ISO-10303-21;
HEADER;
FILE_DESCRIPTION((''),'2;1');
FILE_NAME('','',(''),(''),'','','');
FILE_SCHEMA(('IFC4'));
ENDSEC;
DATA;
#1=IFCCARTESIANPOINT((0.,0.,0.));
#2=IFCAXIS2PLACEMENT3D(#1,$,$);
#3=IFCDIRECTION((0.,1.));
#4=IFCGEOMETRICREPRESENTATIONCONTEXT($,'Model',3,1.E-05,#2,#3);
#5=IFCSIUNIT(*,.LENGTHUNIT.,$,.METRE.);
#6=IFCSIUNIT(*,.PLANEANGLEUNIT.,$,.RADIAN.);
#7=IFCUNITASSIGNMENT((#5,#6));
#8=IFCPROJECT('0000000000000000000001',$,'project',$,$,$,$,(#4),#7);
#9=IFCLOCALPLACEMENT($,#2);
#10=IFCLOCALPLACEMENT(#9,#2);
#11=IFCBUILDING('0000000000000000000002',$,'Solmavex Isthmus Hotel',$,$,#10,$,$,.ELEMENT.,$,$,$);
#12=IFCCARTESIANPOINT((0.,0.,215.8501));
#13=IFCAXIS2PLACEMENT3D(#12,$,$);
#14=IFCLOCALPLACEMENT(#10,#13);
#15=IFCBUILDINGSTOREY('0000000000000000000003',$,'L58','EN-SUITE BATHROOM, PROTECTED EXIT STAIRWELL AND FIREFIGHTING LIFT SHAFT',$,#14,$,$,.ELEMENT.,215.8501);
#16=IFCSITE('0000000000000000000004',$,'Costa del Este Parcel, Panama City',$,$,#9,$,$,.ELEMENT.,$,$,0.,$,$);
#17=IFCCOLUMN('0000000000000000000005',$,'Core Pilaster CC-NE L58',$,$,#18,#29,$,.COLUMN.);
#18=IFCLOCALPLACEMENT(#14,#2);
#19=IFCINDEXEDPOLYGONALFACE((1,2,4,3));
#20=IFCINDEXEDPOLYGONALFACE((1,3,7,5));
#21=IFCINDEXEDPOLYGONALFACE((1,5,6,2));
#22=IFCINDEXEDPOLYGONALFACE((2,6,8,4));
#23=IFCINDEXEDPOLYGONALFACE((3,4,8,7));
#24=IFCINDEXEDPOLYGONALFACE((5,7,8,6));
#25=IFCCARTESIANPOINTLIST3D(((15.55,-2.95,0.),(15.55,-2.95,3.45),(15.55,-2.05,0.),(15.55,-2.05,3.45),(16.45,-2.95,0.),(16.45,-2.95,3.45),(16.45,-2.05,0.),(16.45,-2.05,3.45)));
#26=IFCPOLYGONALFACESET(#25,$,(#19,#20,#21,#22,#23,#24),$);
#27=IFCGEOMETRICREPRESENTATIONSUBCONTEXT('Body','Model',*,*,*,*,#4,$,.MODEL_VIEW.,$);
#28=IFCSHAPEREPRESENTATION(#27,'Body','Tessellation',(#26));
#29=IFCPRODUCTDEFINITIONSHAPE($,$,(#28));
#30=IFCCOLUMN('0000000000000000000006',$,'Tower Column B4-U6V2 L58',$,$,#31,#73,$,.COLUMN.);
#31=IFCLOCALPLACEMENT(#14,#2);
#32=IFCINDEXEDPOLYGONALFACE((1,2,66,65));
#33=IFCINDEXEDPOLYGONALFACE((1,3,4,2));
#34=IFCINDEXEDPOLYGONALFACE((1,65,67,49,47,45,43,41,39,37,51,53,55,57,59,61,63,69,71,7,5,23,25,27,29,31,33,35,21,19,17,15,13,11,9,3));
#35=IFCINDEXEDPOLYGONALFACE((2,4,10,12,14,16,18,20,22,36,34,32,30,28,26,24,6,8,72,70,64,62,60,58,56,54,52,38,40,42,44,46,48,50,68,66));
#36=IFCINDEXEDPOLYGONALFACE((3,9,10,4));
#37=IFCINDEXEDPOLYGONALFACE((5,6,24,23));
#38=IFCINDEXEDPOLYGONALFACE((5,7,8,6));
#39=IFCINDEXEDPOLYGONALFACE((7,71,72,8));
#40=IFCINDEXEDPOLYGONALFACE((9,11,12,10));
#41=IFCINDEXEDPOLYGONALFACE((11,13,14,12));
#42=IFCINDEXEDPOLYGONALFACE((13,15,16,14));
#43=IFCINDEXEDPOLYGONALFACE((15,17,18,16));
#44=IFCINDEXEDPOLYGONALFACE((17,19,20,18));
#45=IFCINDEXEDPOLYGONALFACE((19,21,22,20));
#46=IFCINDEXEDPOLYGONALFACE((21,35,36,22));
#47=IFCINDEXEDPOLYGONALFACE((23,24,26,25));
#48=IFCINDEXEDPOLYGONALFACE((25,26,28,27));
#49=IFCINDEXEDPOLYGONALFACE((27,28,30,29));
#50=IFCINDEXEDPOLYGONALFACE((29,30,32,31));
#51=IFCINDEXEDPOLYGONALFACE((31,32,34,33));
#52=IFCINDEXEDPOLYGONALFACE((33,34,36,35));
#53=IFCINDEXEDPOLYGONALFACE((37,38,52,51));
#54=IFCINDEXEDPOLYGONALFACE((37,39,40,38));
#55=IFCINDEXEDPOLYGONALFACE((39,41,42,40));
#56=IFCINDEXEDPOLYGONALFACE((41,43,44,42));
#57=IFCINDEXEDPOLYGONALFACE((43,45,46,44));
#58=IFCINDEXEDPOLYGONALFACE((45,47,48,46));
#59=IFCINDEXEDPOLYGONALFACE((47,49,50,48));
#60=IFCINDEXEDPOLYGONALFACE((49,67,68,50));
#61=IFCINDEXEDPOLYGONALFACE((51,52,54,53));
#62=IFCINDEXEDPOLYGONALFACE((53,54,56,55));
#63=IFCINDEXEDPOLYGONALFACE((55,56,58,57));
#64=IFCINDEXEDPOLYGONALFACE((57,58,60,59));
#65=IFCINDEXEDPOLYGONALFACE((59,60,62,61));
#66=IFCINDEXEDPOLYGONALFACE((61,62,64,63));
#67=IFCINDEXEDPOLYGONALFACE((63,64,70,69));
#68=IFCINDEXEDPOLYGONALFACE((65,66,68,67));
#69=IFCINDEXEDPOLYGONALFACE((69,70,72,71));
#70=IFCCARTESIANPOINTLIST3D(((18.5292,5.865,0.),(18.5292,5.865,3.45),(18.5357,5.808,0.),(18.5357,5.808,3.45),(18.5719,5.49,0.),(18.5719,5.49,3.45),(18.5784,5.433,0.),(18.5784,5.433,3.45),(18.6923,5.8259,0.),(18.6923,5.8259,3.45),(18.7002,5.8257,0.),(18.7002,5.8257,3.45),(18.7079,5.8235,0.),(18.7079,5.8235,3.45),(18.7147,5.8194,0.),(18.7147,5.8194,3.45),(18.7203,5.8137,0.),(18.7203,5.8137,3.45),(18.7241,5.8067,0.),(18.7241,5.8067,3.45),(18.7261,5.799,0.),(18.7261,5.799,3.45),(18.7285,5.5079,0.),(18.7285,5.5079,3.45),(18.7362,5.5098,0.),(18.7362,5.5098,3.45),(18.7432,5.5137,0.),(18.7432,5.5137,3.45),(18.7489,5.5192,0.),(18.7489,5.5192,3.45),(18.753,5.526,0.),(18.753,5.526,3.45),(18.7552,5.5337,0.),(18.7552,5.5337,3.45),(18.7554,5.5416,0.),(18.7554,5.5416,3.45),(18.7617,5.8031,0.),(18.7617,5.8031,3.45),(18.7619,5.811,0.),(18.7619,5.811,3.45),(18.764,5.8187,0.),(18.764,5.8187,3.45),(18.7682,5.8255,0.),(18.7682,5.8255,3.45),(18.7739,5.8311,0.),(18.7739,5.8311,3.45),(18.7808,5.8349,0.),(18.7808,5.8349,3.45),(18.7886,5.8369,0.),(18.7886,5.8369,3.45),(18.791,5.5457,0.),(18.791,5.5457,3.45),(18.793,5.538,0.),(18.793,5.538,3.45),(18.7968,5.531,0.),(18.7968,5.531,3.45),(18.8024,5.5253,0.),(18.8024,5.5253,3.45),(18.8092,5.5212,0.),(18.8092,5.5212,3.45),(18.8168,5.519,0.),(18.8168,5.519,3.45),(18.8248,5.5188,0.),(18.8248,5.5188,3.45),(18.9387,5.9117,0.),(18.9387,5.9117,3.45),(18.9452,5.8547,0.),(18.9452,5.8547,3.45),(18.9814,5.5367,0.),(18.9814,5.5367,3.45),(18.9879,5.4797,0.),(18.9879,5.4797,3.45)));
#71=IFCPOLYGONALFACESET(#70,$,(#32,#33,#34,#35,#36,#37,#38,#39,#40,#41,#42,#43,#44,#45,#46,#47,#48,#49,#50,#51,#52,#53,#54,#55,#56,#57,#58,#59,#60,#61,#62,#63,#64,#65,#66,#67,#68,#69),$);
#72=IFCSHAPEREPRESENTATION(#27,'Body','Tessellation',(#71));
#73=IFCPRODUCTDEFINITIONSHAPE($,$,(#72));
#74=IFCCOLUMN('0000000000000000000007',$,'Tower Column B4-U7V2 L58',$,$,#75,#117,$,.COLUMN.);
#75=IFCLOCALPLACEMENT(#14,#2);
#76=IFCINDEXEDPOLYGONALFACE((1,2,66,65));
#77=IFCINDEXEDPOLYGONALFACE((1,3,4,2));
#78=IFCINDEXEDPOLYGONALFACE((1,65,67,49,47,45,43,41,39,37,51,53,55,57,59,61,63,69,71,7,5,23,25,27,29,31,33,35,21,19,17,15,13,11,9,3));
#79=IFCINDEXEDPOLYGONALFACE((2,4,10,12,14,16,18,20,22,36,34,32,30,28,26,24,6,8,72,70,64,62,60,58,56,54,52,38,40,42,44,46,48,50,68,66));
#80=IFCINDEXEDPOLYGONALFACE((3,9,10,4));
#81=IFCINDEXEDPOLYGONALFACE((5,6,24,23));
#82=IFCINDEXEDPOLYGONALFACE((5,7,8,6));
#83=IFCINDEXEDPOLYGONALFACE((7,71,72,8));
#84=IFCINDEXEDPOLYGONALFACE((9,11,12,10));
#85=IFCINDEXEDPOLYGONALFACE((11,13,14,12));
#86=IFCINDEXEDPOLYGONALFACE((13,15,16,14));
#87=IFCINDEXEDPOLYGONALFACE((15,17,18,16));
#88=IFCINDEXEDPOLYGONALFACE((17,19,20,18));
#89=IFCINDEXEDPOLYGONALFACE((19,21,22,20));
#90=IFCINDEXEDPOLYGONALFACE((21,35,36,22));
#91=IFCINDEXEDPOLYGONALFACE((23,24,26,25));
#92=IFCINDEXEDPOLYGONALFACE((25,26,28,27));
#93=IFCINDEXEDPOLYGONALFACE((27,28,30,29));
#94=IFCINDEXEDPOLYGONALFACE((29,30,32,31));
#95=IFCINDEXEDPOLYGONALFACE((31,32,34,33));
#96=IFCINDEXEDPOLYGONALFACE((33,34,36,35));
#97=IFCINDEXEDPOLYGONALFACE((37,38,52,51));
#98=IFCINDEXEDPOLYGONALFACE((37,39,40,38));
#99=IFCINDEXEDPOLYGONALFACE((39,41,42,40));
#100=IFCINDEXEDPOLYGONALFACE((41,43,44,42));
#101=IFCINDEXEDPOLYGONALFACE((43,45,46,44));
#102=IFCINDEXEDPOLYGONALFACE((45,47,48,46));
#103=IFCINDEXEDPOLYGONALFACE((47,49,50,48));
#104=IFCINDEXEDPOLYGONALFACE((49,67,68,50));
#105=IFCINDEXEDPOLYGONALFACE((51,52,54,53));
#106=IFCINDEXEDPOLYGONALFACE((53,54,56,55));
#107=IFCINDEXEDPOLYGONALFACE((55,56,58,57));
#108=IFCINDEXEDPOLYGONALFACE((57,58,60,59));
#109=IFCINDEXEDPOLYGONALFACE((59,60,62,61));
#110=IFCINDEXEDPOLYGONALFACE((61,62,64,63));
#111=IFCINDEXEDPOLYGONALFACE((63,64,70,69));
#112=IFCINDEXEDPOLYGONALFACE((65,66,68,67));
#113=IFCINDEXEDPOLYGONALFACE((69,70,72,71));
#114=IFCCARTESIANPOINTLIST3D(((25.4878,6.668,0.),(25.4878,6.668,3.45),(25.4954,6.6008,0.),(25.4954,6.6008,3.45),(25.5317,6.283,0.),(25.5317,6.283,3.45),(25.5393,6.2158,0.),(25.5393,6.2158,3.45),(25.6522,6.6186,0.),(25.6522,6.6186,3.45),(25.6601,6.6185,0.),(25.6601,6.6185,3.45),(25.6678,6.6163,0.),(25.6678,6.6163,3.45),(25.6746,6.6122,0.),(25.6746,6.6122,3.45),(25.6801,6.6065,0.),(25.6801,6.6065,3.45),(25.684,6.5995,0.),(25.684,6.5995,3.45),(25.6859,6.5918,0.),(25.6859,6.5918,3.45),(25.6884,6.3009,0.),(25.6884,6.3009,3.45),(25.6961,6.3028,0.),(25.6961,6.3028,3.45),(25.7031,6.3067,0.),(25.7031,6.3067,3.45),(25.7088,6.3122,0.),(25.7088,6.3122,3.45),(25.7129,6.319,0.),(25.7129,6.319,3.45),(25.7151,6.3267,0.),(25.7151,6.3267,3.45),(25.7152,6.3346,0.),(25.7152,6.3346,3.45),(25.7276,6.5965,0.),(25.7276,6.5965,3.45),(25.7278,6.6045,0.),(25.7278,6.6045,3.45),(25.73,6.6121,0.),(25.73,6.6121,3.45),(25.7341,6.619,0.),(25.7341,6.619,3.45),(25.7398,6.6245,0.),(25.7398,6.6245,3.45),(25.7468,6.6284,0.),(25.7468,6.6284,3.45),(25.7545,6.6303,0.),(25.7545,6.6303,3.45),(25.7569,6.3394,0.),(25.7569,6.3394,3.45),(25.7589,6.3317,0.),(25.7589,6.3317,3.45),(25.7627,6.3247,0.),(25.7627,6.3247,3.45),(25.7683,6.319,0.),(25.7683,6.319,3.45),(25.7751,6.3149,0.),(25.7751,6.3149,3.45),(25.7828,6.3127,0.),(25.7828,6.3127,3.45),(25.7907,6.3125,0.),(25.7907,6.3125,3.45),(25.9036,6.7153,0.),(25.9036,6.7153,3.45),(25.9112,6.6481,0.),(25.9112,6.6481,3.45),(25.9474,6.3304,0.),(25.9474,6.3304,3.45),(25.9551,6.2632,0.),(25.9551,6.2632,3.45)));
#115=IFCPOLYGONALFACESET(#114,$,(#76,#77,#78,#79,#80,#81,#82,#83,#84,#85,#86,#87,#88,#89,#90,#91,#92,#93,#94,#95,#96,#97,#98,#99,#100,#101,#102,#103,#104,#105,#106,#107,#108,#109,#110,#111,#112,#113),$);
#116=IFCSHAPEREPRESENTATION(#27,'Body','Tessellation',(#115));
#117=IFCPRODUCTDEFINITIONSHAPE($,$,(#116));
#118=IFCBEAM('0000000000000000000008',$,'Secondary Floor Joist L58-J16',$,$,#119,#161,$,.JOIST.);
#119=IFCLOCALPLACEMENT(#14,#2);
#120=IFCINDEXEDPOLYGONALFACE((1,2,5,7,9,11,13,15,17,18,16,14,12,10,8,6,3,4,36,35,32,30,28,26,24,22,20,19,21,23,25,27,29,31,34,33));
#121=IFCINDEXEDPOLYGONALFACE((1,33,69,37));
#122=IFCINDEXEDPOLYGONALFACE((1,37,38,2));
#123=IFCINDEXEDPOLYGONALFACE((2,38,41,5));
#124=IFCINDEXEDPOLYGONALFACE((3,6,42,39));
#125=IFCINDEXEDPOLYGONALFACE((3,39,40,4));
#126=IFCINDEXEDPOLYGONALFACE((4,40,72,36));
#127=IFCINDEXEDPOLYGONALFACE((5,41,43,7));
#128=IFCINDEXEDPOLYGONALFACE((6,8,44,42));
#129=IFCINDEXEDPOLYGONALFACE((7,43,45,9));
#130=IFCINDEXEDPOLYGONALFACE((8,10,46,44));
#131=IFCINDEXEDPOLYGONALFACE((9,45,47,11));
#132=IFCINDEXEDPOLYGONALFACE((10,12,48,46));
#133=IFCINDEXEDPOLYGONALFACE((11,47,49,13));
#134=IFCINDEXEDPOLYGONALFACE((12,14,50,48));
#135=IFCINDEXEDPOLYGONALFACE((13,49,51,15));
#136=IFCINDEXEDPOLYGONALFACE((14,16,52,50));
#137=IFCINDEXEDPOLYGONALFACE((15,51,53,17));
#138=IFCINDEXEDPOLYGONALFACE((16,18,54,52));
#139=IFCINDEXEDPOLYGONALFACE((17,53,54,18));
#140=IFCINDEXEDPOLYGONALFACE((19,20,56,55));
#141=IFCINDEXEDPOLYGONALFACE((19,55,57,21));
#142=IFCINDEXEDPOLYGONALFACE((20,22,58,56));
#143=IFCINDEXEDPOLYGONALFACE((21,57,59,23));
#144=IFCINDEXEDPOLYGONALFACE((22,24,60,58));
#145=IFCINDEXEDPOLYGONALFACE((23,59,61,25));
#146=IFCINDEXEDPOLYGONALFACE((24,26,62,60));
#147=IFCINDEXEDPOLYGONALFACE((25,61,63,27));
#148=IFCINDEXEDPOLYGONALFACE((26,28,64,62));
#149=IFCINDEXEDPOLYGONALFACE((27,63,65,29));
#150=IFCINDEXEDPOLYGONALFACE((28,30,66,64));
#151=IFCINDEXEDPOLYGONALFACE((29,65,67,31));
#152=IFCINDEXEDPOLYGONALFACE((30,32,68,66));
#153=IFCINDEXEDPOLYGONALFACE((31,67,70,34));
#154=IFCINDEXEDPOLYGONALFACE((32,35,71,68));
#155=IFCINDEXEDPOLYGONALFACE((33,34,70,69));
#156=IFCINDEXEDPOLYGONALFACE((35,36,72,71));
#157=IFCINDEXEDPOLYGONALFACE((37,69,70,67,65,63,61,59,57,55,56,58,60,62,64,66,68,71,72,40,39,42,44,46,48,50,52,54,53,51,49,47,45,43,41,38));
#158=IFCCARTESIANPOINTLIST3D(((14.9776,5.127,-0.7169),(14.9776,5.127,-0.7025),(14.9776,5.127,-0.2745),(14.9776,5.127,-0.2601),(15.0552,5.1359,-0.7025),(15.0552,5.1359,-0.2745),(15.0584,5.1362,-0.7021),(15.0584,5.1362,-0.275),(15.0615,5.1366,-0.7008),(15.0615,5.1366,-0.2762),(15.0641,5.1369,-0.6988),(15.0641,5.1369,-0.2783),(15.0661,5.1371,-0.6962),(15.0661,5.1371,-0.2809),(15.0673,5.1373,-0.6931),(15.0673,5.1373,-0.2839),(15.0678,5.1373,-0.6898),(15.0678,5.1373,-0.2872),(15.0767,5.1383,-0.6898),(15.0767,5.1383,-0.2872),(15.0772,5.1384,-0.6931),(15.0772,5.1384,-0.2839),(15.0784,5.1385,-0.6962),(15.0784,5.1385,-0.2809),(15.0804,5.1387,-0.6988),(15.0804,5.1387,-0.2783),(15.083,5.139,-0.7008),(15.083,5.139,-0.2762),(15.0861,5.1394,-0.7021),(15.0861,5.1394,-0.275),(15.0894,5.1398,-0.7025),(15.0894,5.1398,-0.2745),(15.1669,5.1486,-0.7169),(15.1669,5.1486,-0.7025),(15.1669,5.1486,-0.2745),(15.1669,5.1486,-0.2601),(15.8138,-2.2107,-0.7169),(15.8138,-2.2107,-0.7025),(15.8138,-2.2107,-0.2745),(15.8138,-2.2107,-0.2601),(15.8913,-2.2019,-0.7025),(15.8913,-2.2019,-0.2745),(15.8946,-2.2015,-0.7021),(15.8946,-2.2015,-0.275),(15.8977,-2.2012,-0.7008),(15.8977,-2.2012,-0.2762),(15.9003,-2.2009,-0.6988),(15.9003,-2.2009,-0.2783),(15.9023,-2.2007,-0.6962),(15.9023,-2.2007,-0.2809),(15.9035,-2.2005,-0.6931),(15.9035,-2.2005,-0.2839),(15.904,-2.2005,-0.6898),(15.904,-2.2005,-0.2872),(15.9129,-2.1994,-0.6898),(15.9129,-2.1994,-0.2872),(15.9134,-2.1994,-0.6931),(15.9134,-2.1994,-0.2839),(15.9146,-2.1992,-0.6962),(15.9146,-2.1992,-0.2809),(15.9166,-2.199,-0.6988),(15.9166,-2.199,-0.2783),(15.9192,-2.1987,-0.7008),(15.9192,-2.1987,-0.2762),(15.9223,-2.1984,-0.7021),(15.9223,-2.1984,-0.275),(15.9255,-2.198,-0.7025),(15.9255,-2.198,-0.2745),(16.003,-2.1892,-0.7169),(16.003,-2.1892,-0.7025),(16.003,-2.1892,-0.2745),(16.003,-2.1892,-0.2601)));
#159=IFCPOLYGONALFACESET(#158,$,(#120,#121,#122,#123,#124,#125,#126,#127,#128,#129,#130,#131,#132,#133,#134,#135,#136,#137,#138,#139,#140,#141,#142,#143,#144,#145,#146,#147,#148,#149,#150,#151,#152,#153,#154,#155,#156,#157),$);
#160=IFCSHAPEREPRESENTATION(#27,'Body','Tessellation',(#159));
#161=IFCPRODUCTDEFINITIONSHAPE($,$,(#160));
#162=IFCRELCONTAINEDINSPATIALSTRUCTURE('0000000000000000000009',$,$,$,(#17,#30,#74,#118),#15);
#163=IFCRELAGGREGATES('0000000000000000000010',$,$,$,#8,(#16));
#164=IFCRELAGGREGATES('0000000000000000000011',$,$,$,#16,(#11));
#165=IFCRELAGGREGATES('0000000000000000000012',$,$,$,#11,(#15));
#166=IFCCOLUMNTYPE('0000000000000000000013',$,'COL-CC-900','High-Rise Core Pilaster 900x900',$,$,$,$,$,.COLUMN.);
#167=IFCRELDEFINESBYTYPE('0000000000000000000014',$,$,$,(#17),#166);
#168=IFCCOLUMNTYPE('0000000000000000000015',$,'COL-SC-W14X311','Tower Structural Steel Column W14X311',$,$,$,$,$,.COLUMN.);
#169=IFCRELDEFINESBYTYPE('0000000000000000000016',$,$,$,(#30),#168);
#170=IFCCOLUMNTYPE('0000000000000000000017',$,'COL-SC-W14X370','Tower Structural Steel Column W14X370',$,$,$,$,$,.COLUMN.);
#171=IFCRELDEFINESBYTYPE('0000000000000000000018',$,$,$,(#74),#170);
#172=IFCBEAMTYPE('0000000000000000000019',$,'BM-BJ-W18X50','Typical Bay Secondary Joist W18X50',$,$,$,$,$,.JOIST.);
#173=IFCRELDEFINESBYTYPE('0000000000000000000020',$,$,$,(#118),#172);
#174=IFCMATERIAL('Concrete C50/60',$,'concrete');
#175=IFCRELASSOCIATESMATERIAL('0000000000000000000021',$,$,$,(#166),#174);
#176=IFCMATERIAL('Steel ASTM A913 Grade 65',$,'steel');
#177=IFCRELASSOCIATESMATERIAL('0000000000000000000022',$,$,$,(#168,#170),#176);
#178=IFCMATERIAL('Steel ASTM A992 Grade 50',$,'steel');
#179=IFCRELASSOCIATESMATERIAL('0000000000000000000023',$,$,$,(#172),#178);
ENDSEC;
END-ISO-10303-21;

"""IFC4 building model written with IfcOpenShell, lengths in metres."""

from ifc_helpers import new_model, si_unit, direction, frame, origin, origin_2d, place, context, subcontext, project, spatial, rectangle, i_section, extrude, material, material_profile, profile_set, type_object, element, save


model = new_model("IFC4")

# Units and contexts
model_context = context("Model", 3, precision=1e-05, world=origin(), true_north=direction((0.0, 1.0)))
body_context = subcontext(model_context, "Body", "Model", "MODEL_VIEW")
ifc_project = project(units=[si_unit("LENGTHUNIT", "METRE"), si_unit("PLANEANGLEUNIT", "RADIAN")], contexts=[model_context])

# Site, building, storey
site_placement = place(None, origin())
site = spatial("IfcSite", under=ifc_project, at=site_placement, Name="Costa del Este Parcel, Panama City", CompositionType="ELEMENT", RefElevation=0.0)
building_placement = place(site_placement, origin())
building = spatial("IfcBuilding", under=site, at=building_placement, Name="Solmavex Isthmus Hotel", CompositionType="ELEMENT")
storey_placement = place(building_placement, frame((0.0, 0.0, 215.8501)))
storey = spatial("IfcBuildingStorey", under=building, at=storey_placement, Name="L58", Description="EN-SUITE BATHROOM, PROTECTED EXIT STAIRWELL AND FIREFIGHTING LIFT SHAFT", CompositionType="ELEMENT", Elevation=215.8501)

# Columns
ifc_material_1 = material(Name="Concrete C50/60", Category="concrete")
ifc_material_profile_1 = material_profile(ifc_material_1, rectangle(XDim=0.8999, YDim=0.8999, at=origin_2d()), Name="RC900X900")
ifc_profile_set_1 = profile_set([ifc_material_profile_1], Name="Concrete C50/60")
column_type_1 = type_object("IfcColumnType", Name="COL-CC-900", Description="High-Rise Core Pilaster 900x900", PredefinedType="COLUMN", material=ifc_profile_set_1)
column_1_placement = place(storey_placement, frame((16.0, -2.5, 0.0), z_axis=(0.0, 0.0, 1.0), x_axis=(1.0, 0.0, 0.0)))
element("IfcColumn", 1, at=column_1_placement, inside=storey, type_object=column_type_1, Name="Core Pilaster CC-NE L58", PredefinedType="COLUMN", context=body_context, shape_type="SweptSolid", body=[
    extrude(rectangle(XDim=0.8999, YDim=0.8999, at=origin_2d()), origin(), (0.0, 0.0, 1.0), 3.45),
])
ifc_material_2 = material(Name="Steel ASTM A913 Grade 65", Category="steel")
ifc_material_profile_2 = material_profile(ifc_material_2, i_section(OverallWidth=0.4121, OverallDepth=0.4348, WebThickness=0.0359, FlangeThickness=0.0574, FilletRadius=0.0305, at=origin_2d()), Name="W14X311")
ifc_profile_set_2 = profile_set([ifc_material_profile_2], Name="Steel ASTM A913 Grade 65")
column_type_2 = type_object("IfcColumnType", Name="COL-SC-W14X311", Description="Tower Structural Steel Column W14X311", PredefinedType="COLUMN", material=ifc_profile_set_2)
column_2_placement = place(storey_placement, frame((18.7585, 5.6724, 0.0), z_axis=(0.0, 0.0, 1.0), x_axis=(0.993572, 0.113203, 0.0)))
element("IfcColumn", 2, at=column_2_placement, inside=storey, type_object=column_type_2, Name="Tower Column B4-U6V2 L58", PredefinedType="COLUMN", context=body_context, shape_type="SweptSolid", body=[
    extrude(i_section(OverallWidth=0.4121, OverallDepth=0.4348, WebThickness=0.0359, FlangeThickness=0.0574, FilletRadius=0.0305, at=origin_2d()), origin(), (0.0, 0.0, 1.0), 3.45),
])
ifc_material_profile_3 = material_profile(ifc_material_2, i_section(OverallWidth=0.4185, OverallDepth=0.4551, WebThickness=0.042, FlangeThickness=0.0676, FilletRadius=0.0305, at=origin_2d()), Name="W14X370")
ifc_profile_set_3 = profile_set([ifc_material_profile_3], Name="Steel ASTM A913 Grade 65")
column_type_3 = type_object("IfcColumnType", Name="COL-SC-W14X370", Description="Tower Structural Steel Column W14X370", PredefinedType="COLUMN", material=ifc_profile_set_3)
column_3_placement = place(storey_placement, frame((25.7214, 6.4656, 0.0), z_axis=(0.0, 0.0, 1.0), x_axis=(0.993572, 0.113203, 0.0)))
element("IfcColumn", 3, at=column_3_placement, inside=storey, type_object=column_type_3, Name="Tower Column B4-U7V2 L58", PredefinedType="COLUMN", context=body_context, shape_type="SweptSolid", body=[
    extrude(i_section(OverallWidth=0.4185, OverallDepth=0.4551, WebThickness=0.042, FlangeThickness=0.0676, FilletRadius=0.0305, at=origin_2d()), origin(), (0.0, 0.0, 1.0), 3.45),
])

# Beam
ifc_material_3 = material(Name="Steel ASTM A992 Grade 50", Category="steel")
ifc_material_profile_4 = material_profile(ifc_material_3, i_section(OverallWidth=0.1904, OverallDepth=0.4568, WebThickness=0.009, FlangeThickness=0.0144, FilletRadius=0.0127, at=origin_2d()), Name="W18X50")
ifc_profile_set_4 = profile_set([ifc_material_profile_4], Name="Steel ASTM A992 Grade 50")
beam_type_1 = type_object("IfcBeamType", Name="BM-BJ-W18X50", Description="Typical Bay Secondary Joist W18X50", PredefinedType="JOIST", material=ifc_profile_set_4)
beam_1_placement = place(storey_placement, frame((15.9084, -2.2, -0.4885), z_axis=(-0.113225, 0.993569, 0.0), x_axis=(-0.993569, -0.113225, 0.0)))
element("IfcBeam", 4, at=beam_1_placement, inside=storey, type_object=beam_type_1, Name="Secondary Floor Joist L58-J16", PredefinedType="JOIST", context=body_context, shape_type="SweptSolid", body=[
    extrude(i_section(OverallWidth=0.1904, OverallDepth=0.4568, WebThickness=0.009, FlangeThickness=0.0144, FilletRadius=0.0127, at=origin_2d()), origin(), (0.0, 0.0, 1.0), 7.3853),
])

save(model, "model.ifc")
